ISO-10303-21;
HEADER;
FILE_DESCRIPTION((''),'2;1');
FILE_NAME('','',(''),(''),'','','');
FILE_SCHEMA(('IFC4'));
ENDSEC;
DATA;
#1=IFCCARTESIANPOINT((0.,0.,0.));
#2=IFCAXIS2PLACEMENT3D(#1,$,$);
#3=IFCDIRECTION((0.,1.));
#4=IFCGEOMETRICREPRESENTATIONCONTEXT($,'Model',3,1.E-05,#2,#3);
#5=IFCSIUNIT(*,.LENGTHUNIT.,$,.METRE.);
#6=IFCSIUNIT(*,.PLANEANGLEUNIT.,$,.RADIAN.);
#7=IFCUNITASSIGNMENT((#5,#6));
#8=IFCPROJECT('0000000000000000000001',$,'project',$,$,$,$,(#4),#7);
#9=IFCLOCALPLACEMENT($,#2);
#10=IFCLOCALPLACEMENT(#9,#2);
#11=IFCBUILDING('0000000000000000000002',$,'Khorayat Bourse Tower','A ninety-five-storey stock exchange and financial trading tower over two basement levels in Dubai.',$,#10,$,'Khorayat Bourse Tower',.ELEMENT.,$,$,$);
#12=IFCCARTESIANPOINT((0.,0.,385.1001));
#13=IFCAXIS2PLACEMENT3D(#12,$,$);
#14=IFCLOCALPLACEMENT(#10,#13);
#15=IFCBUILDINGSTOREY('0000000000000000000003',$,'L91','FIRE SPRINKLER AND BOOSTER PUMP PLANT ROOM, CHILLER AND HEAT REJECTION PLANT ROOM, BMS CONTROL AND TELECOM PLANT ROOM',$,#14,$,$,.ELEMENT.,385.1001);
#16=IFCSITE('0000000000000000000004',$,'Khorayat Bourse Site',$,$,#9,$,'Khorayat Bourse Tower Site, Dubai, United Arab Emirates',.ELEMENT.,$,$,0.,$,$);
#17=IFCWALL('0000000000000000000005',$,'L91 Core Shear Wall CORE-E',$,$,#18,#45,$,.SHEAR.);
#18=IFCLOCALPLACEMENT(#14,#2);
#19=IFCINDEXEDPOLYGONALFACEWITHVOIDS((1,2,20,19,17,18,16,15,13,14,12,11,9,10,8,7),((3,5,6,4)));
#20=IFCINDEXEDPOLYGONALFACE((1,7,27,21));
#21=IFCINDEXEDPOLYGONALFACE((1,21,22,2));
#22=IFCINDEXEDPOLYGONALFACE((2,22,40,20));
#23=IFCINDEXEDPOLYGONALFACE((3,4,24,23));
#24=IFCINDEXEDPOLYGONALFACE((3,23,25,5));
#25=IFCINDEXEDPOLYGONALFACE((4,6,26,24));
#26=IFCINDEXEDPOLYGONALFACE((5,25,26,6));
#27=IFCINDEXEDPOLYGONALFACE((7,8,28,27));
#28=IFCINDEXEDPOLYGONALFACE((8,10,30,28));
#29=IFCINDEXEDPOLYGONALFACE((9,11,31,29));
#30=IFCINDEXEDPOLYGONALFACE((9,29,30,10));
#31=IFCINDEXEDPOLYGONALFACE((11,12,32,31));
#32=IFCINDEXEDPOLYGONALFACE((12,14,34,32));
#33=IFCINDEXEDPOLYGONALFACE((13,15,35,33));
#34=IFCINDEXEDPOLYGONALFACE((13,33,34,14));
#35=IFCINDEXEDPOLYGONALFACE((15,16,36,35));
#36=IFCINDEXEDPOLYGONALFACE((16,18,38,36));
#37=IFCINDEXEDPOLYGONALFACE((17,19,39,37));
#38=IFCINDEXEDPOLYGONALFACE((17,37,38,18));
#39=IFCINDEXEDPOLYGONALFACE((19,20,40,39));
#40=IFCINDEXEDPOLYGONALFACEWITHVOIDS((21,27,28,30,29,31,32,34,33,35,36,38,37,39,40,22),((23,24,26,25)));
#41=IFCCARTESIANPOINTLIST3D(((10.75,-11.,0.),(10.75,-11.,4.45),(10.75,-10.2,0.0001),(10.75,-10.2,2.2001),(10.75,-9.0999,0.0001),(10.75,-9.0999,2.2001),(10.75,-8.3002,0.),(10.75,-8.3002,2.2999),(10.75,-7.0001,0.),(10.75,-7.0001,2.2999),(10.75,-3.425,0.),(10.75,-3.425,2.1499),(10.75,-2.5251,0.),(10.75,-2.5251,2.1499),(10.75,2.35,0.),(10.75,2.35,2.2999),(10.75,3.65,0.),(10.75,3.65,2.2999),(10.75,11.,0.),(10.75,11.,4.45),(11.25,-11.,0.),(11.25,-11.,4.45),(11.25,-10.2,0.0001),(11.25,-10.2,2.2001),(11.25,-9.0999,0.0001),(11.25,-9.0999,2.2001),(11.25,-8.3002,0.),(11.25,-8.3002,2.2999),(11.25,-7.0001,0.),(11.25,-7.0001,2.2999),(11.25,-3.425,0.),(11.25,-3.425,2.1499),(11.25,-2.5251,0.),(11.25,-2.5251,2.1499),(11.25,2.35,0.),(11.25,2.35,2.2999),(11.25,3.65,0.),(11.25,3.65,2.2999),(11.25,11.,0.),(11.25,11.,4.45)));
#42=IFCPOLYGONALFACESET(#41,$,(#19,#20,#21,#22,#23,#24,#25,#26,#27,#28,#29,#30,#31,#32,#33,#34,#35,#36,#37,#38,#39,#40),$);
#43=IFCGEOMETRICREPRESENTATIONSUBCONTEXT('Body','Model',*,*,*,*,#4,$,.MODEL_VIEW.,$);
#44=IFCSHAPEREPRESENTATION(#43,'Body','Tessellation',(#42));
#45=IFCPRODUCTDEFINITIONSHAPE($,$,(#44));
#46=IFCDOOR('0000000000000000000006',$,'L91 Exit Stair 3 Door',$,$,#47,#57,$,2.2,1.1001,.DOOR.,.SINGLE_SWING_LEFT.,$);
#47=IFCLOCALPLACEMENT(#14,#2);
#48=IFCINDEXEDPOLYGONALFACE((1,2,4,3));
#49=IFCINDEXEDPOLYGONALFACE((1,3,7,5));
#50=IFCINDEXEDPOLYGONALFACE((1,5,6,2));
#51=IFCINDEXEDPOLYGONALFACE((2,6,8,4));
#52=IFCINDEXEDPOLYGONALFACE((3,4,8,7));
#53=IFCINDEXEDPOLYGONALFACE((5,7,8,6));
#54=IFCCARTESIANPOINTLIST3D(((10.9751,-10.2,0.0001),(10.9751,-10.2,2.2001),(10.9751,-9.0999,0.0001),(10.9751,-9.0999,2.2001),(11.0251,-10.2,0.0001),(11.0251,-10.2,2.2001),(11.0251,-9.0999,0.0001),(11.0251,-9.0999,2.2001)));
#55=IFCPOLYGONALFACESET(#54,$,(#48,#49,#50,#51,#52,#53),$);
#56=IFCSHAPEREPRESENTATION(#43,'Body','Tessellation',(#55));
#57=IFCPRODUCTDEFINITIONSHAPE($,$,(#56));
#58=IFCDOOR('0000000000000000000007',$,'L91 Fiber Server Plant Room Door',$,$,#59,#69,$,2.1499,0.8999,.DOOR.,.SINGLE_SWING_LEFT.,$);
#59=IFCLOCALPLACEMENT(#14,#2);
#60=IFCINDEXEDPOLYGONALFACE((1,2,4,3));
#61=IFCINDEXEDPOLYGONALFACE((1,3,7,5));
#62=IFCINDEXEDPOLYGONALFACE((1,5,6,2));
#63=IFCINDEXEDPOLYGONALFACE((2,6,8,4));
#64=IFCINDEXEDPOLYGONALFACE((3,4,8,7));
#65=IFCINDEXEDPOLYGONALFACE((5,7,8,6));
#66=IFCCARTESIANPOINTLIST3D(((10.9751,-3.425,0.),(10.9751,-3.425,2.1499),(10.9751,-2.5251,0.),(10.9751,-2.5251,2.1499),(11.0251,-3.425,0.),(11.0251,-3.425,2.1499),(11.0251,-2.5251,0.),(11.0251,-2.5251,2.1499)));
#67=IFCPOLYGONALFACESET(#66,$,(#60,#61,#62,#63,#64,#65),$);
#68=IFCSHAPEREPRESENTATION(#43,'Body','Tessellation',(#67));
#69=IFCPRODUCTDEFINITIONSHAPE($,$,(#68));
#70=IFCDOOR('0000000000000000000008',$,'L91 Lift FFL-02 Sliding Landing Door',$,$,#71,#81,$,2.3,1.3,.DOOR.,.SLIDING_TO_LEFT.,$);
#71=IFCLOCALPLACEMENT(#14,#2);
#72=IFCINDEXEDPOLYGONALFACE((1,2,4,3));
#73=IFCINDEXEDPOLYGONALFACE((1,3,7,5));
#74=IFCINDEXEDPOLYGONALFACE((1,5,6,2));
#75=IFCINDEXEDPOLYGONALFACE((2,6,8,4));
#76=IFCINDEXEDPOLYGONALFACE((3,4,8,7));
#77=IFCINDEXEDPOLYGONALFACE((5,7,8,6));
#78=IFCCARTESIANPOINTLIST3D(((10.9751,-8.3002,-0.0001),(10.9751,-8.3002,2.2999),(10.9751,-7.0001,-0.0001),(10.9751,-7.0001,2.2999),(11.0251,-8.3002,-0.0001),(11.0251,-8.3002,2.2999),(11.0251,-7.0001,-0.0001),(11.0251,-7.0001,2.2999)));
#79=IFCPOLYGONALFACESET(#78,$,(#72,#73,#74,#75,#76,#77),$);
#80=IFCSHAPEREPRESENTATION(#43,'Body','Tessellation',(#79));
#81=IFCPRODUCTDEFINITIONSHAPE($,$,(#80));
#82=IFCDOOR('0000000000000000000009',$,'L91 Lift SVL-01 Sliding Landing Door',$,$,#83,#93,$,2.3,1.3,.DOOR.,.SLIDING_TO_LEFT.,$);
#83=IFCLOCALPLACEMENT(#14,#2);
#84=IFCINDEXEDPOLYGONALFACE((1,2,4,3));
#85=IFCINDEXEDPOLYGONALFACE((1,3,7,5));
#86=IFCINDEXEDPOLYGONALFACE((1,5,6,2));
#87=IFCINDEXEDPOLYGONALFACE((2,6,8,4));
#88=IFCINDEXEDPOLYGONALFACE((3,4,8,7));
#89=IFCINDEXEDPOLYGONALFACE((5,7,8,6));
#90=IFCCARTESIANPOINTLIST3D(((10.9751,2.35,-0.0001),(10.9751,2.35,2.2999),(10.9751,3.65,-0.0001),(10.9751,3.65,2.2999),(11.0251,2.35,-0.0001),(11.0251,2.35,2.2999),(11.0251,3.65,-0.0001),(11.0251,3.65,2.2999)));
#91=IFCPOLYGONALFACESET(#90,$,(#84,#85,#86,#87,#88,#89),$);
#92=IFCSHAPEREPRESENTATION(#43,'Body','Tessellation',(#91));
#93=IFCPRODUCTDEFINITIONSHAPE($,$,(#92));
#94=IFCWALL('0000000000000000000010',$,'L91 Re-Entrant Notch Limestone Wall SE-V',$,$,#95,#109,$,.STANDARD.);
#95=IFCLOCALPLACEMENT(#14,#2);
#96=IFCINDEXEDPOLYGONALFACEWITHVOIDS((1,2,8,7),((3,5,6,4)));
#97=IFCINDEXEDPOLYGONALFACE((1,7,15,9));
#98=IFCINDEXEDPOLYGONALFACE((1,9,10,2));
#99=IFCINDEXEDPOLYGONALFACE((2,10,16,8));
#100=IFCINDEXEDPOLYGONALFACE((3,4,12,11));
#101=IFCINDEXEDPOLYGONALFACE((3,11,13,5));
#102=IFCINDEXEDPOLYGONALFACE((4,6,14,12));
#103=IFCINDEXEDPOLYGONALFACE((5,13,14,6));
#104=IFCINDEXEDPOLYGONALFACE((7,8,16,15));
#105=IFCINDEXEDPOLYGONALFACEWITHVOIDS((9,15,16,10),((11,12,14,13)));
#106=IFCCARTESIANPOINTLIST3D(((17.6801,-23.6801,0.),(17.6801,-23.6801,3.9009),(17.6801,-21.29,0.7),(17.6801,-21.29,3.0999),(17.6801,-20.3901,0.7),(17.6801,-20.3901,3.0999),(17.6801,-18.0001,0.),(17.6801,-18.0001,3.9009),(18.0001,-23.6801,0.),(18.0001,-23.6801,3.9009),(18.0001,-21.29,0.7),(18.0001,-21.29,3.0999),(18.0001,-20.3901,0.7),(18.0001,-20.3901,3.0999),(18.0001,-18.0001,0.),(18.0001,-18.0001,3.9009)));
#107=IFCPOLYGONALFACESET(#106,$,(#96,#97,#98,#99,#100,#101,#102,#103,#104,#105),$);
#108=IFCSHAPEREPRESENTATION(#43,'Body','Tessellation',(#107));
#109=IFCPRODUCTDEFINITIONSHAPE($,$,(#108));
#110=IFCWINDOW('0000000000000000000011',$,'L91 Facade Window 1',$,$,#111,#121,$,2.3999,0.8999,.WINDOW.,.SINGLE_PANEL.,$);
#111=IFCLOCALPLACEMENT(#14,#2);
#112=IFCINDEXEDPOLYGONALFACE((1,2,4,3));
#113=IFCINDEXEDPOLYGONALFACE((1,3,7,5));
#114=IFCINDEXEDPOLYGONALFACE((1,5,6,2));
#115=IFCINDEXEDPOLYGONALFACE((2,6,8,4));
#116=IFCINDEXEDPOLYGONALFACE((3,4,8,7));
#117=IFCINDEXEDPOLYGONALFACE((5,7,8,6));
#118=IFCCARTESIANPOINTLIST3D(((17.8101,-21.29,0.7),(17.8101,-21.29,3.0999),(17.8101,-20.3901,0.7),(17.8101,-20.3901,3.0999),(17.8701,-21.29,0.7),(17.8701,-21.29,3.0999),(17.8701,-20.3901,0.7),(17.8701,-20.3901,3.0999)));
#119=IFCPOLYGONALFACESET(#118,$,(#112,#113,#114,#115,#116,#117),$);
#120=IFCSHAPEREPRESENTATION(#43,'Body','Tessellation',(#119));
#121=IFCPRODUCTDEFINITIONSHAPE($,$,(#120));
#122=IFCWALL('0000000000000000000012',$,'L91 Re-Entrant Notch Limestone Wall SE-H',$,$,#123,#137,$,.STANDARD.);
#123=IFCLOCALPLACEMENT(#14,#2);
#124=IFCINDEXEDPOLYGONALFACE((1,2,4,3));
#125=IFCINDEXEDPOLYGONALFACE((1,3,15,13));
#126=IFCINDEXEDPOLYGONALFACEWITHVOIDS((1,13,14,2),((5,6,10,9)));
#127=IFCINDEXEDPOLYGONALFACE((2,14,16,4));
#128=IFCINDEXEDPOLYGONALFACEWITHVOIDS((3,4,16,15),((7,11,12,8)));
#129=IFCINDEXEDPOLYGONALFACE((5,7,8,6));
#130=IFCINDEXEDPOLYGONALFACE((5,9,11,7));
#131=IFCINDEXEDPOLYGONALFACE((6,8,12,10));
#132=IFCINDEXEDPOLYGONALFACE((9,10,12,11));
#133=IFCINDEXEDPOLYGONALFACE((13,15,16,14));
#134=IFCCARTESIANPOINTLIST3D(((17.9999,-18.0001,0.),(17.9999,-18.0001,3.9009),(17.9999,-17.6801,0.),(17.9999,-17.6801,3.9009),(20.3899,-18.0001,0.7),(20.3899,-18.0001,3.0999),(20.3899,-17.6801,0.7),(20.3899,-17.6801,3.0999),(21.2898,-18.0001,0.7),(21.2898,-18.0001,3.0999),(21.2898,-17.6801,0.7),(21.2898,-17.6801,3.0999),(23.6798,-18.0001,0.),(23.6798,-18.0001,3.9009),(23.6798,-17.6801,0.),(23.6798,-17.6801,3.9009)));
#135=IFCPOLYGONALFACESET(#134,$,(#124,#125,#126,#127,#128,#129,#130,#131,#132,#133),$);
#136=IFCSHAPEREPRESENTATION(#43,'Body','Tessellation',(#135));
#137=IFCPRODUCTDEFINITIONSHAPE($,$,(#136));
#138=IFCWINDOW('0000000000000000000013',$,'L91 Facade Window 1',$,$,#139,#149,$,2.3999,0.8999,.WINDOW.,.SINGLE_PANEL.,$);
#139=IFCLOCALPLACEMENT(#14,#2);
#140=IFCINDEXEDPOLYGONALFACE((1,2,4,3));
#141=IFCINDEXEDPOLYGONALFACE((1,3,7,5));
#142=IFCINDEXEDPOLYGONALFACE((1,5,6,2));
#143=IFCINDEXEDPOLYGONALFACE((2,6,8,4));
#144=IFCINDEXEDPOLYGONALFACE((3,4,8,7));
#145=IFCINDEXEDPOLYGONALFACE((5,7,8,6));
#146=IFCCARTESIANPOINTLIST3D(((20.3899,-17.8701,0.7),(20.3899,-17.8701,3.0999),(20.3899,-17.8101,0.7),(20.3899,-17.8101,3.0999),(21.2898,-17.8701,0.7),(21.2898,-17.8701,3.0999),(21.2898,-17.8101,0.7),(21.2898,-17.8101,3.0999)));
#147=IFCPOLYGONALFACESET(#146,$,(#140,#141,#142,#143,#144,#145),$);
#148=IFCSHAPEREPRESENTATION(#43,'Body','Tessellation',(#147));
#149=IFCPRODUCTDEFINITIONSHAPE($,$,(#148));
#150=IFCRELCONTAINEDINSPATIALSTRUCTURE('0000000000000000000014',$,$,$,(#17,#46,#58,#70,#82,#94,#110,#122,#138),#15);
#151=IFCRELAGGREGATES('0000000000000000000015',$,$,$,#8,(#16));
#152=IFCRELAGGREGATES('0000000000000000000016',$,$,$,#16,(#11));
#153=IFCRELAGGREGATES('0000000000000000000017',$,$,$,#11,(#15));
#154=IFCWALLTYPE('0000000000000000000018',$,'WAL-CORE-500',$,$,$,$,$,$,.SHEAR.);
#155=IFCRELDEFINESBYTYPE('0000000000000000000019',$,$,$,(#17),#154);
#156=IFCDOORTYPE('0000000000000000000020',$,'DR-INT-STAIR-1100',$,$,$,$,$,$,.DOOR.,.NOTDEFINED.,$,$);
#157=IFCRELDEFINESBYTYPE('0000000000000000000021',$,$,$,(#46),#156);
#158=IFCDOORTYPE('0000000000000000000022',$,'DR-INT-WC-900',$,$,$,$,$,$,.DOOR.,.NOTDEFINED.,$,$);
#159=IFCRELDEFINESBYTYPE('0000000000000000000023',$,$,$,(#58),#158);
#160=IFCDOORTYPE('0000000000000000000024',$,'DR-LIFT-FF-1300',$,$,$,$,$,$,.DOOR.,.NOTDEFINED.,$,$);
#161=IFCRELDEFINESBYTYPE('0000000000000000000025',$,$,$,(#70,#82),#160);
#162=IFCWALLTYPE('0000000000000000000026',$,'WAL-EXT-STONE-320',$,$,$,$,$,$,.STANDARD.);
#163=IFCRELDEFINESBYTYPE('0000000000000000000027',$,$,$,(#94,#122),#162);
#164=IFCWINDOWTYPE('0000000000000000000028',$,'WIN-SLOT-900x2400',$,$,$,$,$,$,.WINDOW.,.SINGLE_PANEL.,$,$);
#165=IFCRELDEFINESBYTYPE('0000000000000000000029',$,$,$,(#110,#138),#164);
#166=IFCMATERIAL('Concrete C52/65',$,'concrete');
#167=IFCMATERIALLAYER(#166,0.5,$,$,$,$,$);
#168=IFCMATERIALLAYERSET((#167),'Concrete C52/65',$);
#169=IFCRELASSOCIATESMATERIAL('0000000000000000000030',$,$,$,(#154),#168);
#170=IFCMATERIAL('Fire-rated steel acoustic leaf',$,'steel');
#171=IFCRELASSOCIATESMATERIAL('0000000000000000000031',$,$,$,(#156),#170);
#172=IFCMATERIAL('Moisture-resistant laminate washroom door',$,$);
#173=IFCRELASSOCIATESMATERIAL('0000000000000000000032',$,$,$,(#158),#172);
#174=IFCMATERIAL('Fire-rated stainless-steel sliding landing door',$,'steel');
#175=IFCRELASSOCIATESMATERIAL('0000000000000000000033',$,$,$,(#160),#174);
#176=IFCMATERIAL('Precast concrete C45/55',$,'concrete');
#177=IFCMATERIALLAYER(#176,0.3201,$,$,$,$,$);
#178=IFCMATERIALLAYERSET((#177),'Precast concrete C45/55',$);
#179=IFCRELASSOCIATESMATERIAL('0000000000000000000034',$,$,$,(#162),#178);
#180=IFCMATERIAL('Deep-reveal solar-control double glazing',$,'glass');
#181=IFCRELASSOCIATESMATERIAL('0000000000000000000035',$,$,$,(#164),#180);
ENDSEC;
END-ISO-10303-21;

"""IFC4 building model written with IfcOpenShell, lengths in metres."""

from ifc_helpers import new_model, si_unit, direction, frame, frame_2d, origin, place, context, subcontext, project, spatial, rectangle, extrude, source, transform, mapped, material, layer, layer_set, type_object, element, fill, save


model = new_model("IFC4")

# Units and contexts
model_context = context("Model", 3, precision=1e-05, world=origin(), true_north=direction((0.0, 1.0)))
body_context = subcontext(model_context, "Body", "Model", "MODEL_VIEW")
ifc_project = project(units=[si_unit("LENGTHUNIT", "METRE"), si_unit("PLANEANGLEUNIT", "RADIAN")], contexts=[model_context])

# Site, building, storey
site_placement = place(None, origin())
site = spatial("IfcSite", under=ifc_project, at=site_placement, Name="Khorayat Bourse Site", LongName="Khorayat Bourse Tower Site, Dubai, United Arab Emirates", CompositionType="ELEMENT", RefElevation=0.0)
building_placement = place(site_placement, origin())
building = spatial("IfcBuilding", under=site, at=building_placement, Name="Khorayat Bourse Tower", Description="A ninety-five-storey stock exchange and financial trading tower over two basement levels in Dubai.", LongName="Khorayat Bourse Tower", CompositionType="ELEMENT")
storey_placement = place(building_placement, frame((0.0, 0.0, 385.1001)))
storey = spatial("IfcBuildingStorey", under=building, at=storey_placement, Name="L91", Description="FIRE SPRINKLER AND BOOSTER PUMP PLANT ROOM, CHILLER AND HEAT REJECTION PLANT ROOM, BMS CONTROL AND TELECOM PLANT ROOM", CompositionType="ELEMENT", Elevation=385.1001)

# Wall, openings, doors
ifc_material_1 = material(Name="Concrete C52/65", Category="concrete")
ifc_layer_1 = layer(ifc_material_1, 0.5)
ifc_layer_set_1 = layer_set([ifc_layer_1], Name="Concrete C52/65")
wall_type_1 = type_object("IfcWallType", Name="WAL-CORE-500", PredefinedType="SHEAR", material=ifc_layer_set_1)
shared_shape_1 = source(origin(), body_context, "Body", "SweptSolid", [
    extrude(rectangle(XDim=22.0, YDim=0.5, at=frame_2d((11.0, 0.0))), origin(), (0.0, 0.0, 1.0), 4.45),
])
wall_1_placement = place(storey_placement, frame((11.0, -11.0, 0.0), z_axis=(0.0, 0.0, 1.0), x_axis=(0.0, 1.0, 0.0)))
wall_1 = element("IfcWall", 1, at=wall_1_placement, inside=storey, type_object=wall_type_1, Name="L91 Core Shear Wall CORE-E", PredefinedType="SHEAR", context=body_context, shape_type="MappedRepresentation", body=[
    mapped(shared_shape_1, transform((0.0, 0.0, 0.0), scale=1.0)),
])
shared_shape_2 = source(origin(), body_context, "Body", "SweptSolid", [
    extrude(rectangle(XDim=1.1001, YDim=2.2, at=frame_2d((0.55, 1.1001))), frame((0.0, 0.26, 0.0), z_axis=(0.0, -1.0, 0.0), x_axis=(1.0, 0.0, 0.0)), (0.0, 0.0, 1.0), 0.52),
])
opening_1_placement = place(wall_1_placement, frame((0.8, 0.0, 0.0)))
opening_1 = element("IfcOpeningElement", 2, at=opening_1_placement, cuts=wall_1, PredefinedType="OPENING", context=body_context, shape_type="MappedRepresentation", body=[
    mapped(shared_shape_2, transform((0.0, 0.0, 0.0), scale=1.0)),
])
shared_shape_3 = source(origin(), body_context, "Body", "SweptSolid", [
    extrude(rectangle(XDim=0.8999, YDim=2.1499, at=frame_2d((0.45, 1.075))), frame((0.0, 0.26, 0.0), z_axis=(0.0, -1.0, 0.0), x_axis=(1.0, 0.0, 0.0)), (0.0, 0.0, 1.0), 0.52),
])
opening_2_placement = place(wall_1_placement, frame((7.575, 0.0, 0.0)))
opening_2 = element("IfcOpeningElement", 3, at=opening_2_placement, cuts=wall_1, PredefinedType="OPENING", context=body_context, shape_type="MappedRepresentation", body=[
    mapped(shared_shape_3, transform((0.0, 0.0, 0.0), scale=1.0)),
])
shared_shape_4 = source(origin(), body_context, "Body", "SweptSolid", [
    extrude(rectangle(XDim=1.3, YDim=2.3, at=frame_2d((0.6499, 1.1499))), frame((0.0, 0.26, 0.0), z_axis=(0.0, -1.0, 0.0), x_axis=(1.0, 0.0, 0.0)), (0.0, 0.0, 1.0), 0.52),
])
opening_3_placement = place(wall_1_placement, frame((2.7, 0.0, 0.0)))
opening_3 = element("IfcOpeningElement", 4, at=opening_3_placement, cuts=wall_1, PredefinedType="OPENING", context=body_context, shape_type="MappedRepresentation", body=[
    mapped(shared_shape_4, transform((0.0, 0.0, 0.0), scale=1.0)),
])
opening_4_placement = place(wall_1_placement, frame((13.3501, 0.0, 0.0)))
opening_4 = element("IfcOpeningElement", 5, at=opening_4_placement, cuts=wall_1, PredefinedType="OPENING", context=body_context, shape_type="MappedRepresentation", body=[
    mapped(shared_shape_4, transform((0.0, 0.0, 0.0), scale=1.0)),
])
ifc_material_2 = material(Name="Fire-rated steel acoustic leaf", Category="steel")
door_type_1 = type_object("IfcDoorType", Name="DR-INT-STAIR-1100", OperationType="NOTDEFINED", PredefinedType="DOOR", material=ifc_material_2)
shared_shape_5 = source(origin(), body_context, "Body", "SweptSolid", [
    extrude(rectangle(XDim=1.1001, YDim=2.2, at=frame_2d((0.55, 1.1001))), frame((0.0, 0.0249, 0.0), z_axis=(0.0, -1.0, 0.0), x_axis=(1.0, 0.0, 0.0)), (0.0, 0.0, 1.0), 0.05),
])
door_1_placement = place(opening_1_placement, origin())
door_1 = element("IfcDoor", 6, at=door_1_placement, inside=storey, type_object=door_type_1, Name="L91 Exit Stair 3 Door", OperationType="SINGLE_SWING_LEFT", OverallHeight=2.2, OverallWidth=1.1001, PredefinedType="DOOR", context=body_context, shape_type="MappedRepresentation", body=[
    mapped(shared_shape_5, transform((0.0, 0.0, 0.0), scale=1.0)),
])
fill(opening_1, door_1)
ifc_material_3 = material(Name="Moisture-resistant laminate washroom door")
door_type_2 = type_object("IfcDoorType", Name="DR-INT-WC-900", OperationType="NOTDEFINED", PredefinedType="DOOR", material=ifc_material_3)
shared_shape_6 = source(origin(), body_context, "Body", "SweptSolid", [
    extrude(rectangle(XDim=0.8999, YDim=2.1499, at=frame_2d((0.45, 1.075))), frame((0.0, 0.0249, 0.0), z_axis=(0.0, -1.0, 0.0), x_axis=(1.0, 0.0, 0.0)), (0.0, 0.0, 1.0), 0.05),
])
door_2_placement = place(opening_2_placement, origin())
door_2 = element("IfcDoor", 7, at=door_2_placement, inside=storey, type_object=door_type_2, Name="L91 Fiber Server Plant Room Door", OperationType="SINGLE_SWING_LEFT", OverallHeight=2.1499, OverallWidth=0.8999, PredefinedType="DOOR", context=body_context, shape_type="MappedRepresentation", body=[
    mapped(shared_shape_6, transform((0.0, 0.0, 0.0), scale=1.0)),
])
fill(opening_2, door_2)
ifc_material_4 = material(Name="Fire-rated stainless-steel sliding landing door", Category="steel")
door_type_3 = type_object("IfcDoorType", Name="DR-LIFT-FF-1300", OperationType="NOTDEFINED", PredefinedType="DOOR", material=ifc_material_4)
shared_shape_7 = source(origin(), body_context, "Body", "SweptSolid", [
    extrude(rectangle(XDim=1.3, YDim=2.3, at=frame_2d((0.6499, 1.1499))), frame((0.0, 0.0249, 0.0), z_axis=(0.0, -1.0, 0.0), x_axis=(1.0, 0.0, 0.0)), (0.0, 0.0, 1.0), 0.05),
])
door_3_placement = place(opening_3_placement, origin())
door_3 = element("IfcDoor", 8, at=door_3_placement, inside=storey, type_object=door_type_3, Name="L91 Lift FFL-02 Sliding Landing Door", OperationType="SLIDING_TO_LEFT", OverallHeight=2.3, OverallWidth=1.3, PredefinedType="DOOR", context=body_context, shape_type="MappedRepresentation", body=[
    mapped(shared_shape_7, transform((0.0, 0.0, 0.0), scale=1.0)),
])
fill(opening_3, door_3)
door_4_placement = place(opening_4_placement, origin())
door_4 = element("IfcDoor", 9, at=door_4_placement, inside=storey, type_object=door_type_3, Name="L91 Lift SVL-01 Sliding Landing Door", OperationType="SLIDING_TO_LEFT", OverallHeight=2.3, OverallWidth=1.3, PredefinedType="DOOR", context=body_context, shape_type="MappedRepresentation", body=[
    mapped(shared_shape_7, transform((0.0, 0.0, 0.0), scale=1.0)),
])
fill(opening_4, door_4)

# Walls, openings, windows
ifc_material_5 = material(Name="Precast concrete C45/55", Category="concrete")
ifc_layer_2 = layer(ifc_material_5, 0.3201)
ifc_layer_set_2 = layer_set([ifc_layer_2], Name="Precast concrete C45/55")
wall_type_2 = type_object("IfcWallType", Name="WAL-EXT-STONE-320", PredefinedType="STANDARD", material=ifc_layer_set_2)
shared_shape_8 = source(origin(), body_context, "Body", "SweptSolid", [
    extrude(rectangle(XDim=5.6799, YDim=0.3201, at=frame_2d((2.8398, 0.0))), origin(), (0.0, 0.0, 1.0), 3.9009),
])
wall_2_placement = place(storey_placement, frame((17.8401, -23.6799, 0.0), z_axis=(0.0, 0.0, 1.0), x_axis=(0.0, 1.0, 0.0)))
wall_2 = element("IfcWall", 10, at=wall_2_placement, inside=storey, type_object=wall_type_2, Name="L91 Re-Entrant Notch Limestone Wall SE-V", PredefinedType="STANDARD", context=body_context, shape_type="MappedRepresentation", body=[
    mapped(shared_shape_8, transform((0.0, 0.0, 0.0), scale=1.0)),
])
shared_shape_9 = source(origin(), body_context, "Body", "SweptSolid", [
    extrude(rectangle(XDim=0.8999, YDim=2.3999, at=frame_2d((0.45, 1.2))), frame((0.0, 0.1699, 0.0), z_axis=(0.0, -1.0, 0.0), x_axis=(1.0, 0.0, 0.0)), (0.0, 0.0, 1.0), 0.3401),
])
opening_5_placement = place(wall_2_placement, frame((2.3899, 0.0, 0.7)))
opening_5 = element("IfcOpeningElement", 11, at=opening_5_placement, cuts=wall_2, PredefinedType="OPENING", context=body_context, shape_type="MappedRepresentation", body=[
    mapped(shared_shape_9, transform((0.0, 0.0, 0.0), scale=1.0)),
])
ifc_material_6 = material(Name="Deep-reveal solar-control double glazing", Category="glass")
window_type = type_object("IfcWindowType", Name="WIN-SLOT-900x2400", PartitioningType="SINGLE_PANEL", PredefinedType="WINDOW", material=ifc_material_6)
shared_shape_10 = source(origin(), body_context, "Body", "SweptSolid", [
    extrude(rectangle(XDim=0.8999, YDim=2.3999, at=frame_2d((0.45, 1.2))), frame((0.0, 0.03, 0.0), z_axis=(0.0, -1.0, 0.0), x_axis=(1.0, 0.0, 0.0)), (0.0, 0.0, 1.0), 0.0601),
])
window_1_placement = place(opening_5_placement, origin())
window_1 = element("IfcWindow", 12, at=window_1_placement, inside=storey, type_object=window_type, Name="L91 Facade Window 1", OverallHeight=2.3999, OverallWidth=0.8999, PartitioningType="SINGLE_PANEL", PredefinedType="WINDOW", context=body_context, shape_type="MappedRepresentation", body=[
    mapped(shared_shape_10, transform((0.0, 0.0, 0.0), scale=1.0)),
])
fill(opening_5, window_1)
wall_3_placement = place(storey_placement, frame((18.0, -17.8401, 0.0), z_axis=(0.0, 0.0, 1.0), x_axis=(1.0, 0.0, 0.0)))
wall_3 = element("IfcWall", 13, at=wall_3_placement, inside=storey, type_object=wall_type_2, Name="L91 Re-Entrant Notch Limestone Wall SE-H", PredefinedType="STANDARD", context=body_context, shape_type="MappedRepresentation", body=[
    mapped(shared_shape_8, transform((0.0, 0.0, 0.0), scale=1.0)),
])
opening_6_placement = place(wall_3_placement, frame((2.3899, 0.0, 0.7)))
opening_6 = element("IfcOpeningElement", 14, at=opening_6_placement, cuts=wall_3, PredefinedType="OPENING", context=body_context, shape_type="MappedRepresentation", body=[
    mapped(shared_shape_9, transform((0.0, 0.0, 0.0), scale=1.0)),
])
window_2_placement = place(opening_6_placement, origin())
window_2 = element("IfcWindow", 15, at=window_2_placement, inside=storey, type_object=window_type, Name="L91 Facade Window 1", OverallHeight=2.3999, OverallWidth=0.8999, PartitioningType="SINGLE_PANEL", PredefinedType="WINDOW", context=body_context, shape_type="MappedRepresentation", body=[
    mapped(shared_shape_10, transform((0.0, 0.0, 0.0), scale=1.0)),
])
fill(opening_6, window_2)

save(model, "model.ifc")
